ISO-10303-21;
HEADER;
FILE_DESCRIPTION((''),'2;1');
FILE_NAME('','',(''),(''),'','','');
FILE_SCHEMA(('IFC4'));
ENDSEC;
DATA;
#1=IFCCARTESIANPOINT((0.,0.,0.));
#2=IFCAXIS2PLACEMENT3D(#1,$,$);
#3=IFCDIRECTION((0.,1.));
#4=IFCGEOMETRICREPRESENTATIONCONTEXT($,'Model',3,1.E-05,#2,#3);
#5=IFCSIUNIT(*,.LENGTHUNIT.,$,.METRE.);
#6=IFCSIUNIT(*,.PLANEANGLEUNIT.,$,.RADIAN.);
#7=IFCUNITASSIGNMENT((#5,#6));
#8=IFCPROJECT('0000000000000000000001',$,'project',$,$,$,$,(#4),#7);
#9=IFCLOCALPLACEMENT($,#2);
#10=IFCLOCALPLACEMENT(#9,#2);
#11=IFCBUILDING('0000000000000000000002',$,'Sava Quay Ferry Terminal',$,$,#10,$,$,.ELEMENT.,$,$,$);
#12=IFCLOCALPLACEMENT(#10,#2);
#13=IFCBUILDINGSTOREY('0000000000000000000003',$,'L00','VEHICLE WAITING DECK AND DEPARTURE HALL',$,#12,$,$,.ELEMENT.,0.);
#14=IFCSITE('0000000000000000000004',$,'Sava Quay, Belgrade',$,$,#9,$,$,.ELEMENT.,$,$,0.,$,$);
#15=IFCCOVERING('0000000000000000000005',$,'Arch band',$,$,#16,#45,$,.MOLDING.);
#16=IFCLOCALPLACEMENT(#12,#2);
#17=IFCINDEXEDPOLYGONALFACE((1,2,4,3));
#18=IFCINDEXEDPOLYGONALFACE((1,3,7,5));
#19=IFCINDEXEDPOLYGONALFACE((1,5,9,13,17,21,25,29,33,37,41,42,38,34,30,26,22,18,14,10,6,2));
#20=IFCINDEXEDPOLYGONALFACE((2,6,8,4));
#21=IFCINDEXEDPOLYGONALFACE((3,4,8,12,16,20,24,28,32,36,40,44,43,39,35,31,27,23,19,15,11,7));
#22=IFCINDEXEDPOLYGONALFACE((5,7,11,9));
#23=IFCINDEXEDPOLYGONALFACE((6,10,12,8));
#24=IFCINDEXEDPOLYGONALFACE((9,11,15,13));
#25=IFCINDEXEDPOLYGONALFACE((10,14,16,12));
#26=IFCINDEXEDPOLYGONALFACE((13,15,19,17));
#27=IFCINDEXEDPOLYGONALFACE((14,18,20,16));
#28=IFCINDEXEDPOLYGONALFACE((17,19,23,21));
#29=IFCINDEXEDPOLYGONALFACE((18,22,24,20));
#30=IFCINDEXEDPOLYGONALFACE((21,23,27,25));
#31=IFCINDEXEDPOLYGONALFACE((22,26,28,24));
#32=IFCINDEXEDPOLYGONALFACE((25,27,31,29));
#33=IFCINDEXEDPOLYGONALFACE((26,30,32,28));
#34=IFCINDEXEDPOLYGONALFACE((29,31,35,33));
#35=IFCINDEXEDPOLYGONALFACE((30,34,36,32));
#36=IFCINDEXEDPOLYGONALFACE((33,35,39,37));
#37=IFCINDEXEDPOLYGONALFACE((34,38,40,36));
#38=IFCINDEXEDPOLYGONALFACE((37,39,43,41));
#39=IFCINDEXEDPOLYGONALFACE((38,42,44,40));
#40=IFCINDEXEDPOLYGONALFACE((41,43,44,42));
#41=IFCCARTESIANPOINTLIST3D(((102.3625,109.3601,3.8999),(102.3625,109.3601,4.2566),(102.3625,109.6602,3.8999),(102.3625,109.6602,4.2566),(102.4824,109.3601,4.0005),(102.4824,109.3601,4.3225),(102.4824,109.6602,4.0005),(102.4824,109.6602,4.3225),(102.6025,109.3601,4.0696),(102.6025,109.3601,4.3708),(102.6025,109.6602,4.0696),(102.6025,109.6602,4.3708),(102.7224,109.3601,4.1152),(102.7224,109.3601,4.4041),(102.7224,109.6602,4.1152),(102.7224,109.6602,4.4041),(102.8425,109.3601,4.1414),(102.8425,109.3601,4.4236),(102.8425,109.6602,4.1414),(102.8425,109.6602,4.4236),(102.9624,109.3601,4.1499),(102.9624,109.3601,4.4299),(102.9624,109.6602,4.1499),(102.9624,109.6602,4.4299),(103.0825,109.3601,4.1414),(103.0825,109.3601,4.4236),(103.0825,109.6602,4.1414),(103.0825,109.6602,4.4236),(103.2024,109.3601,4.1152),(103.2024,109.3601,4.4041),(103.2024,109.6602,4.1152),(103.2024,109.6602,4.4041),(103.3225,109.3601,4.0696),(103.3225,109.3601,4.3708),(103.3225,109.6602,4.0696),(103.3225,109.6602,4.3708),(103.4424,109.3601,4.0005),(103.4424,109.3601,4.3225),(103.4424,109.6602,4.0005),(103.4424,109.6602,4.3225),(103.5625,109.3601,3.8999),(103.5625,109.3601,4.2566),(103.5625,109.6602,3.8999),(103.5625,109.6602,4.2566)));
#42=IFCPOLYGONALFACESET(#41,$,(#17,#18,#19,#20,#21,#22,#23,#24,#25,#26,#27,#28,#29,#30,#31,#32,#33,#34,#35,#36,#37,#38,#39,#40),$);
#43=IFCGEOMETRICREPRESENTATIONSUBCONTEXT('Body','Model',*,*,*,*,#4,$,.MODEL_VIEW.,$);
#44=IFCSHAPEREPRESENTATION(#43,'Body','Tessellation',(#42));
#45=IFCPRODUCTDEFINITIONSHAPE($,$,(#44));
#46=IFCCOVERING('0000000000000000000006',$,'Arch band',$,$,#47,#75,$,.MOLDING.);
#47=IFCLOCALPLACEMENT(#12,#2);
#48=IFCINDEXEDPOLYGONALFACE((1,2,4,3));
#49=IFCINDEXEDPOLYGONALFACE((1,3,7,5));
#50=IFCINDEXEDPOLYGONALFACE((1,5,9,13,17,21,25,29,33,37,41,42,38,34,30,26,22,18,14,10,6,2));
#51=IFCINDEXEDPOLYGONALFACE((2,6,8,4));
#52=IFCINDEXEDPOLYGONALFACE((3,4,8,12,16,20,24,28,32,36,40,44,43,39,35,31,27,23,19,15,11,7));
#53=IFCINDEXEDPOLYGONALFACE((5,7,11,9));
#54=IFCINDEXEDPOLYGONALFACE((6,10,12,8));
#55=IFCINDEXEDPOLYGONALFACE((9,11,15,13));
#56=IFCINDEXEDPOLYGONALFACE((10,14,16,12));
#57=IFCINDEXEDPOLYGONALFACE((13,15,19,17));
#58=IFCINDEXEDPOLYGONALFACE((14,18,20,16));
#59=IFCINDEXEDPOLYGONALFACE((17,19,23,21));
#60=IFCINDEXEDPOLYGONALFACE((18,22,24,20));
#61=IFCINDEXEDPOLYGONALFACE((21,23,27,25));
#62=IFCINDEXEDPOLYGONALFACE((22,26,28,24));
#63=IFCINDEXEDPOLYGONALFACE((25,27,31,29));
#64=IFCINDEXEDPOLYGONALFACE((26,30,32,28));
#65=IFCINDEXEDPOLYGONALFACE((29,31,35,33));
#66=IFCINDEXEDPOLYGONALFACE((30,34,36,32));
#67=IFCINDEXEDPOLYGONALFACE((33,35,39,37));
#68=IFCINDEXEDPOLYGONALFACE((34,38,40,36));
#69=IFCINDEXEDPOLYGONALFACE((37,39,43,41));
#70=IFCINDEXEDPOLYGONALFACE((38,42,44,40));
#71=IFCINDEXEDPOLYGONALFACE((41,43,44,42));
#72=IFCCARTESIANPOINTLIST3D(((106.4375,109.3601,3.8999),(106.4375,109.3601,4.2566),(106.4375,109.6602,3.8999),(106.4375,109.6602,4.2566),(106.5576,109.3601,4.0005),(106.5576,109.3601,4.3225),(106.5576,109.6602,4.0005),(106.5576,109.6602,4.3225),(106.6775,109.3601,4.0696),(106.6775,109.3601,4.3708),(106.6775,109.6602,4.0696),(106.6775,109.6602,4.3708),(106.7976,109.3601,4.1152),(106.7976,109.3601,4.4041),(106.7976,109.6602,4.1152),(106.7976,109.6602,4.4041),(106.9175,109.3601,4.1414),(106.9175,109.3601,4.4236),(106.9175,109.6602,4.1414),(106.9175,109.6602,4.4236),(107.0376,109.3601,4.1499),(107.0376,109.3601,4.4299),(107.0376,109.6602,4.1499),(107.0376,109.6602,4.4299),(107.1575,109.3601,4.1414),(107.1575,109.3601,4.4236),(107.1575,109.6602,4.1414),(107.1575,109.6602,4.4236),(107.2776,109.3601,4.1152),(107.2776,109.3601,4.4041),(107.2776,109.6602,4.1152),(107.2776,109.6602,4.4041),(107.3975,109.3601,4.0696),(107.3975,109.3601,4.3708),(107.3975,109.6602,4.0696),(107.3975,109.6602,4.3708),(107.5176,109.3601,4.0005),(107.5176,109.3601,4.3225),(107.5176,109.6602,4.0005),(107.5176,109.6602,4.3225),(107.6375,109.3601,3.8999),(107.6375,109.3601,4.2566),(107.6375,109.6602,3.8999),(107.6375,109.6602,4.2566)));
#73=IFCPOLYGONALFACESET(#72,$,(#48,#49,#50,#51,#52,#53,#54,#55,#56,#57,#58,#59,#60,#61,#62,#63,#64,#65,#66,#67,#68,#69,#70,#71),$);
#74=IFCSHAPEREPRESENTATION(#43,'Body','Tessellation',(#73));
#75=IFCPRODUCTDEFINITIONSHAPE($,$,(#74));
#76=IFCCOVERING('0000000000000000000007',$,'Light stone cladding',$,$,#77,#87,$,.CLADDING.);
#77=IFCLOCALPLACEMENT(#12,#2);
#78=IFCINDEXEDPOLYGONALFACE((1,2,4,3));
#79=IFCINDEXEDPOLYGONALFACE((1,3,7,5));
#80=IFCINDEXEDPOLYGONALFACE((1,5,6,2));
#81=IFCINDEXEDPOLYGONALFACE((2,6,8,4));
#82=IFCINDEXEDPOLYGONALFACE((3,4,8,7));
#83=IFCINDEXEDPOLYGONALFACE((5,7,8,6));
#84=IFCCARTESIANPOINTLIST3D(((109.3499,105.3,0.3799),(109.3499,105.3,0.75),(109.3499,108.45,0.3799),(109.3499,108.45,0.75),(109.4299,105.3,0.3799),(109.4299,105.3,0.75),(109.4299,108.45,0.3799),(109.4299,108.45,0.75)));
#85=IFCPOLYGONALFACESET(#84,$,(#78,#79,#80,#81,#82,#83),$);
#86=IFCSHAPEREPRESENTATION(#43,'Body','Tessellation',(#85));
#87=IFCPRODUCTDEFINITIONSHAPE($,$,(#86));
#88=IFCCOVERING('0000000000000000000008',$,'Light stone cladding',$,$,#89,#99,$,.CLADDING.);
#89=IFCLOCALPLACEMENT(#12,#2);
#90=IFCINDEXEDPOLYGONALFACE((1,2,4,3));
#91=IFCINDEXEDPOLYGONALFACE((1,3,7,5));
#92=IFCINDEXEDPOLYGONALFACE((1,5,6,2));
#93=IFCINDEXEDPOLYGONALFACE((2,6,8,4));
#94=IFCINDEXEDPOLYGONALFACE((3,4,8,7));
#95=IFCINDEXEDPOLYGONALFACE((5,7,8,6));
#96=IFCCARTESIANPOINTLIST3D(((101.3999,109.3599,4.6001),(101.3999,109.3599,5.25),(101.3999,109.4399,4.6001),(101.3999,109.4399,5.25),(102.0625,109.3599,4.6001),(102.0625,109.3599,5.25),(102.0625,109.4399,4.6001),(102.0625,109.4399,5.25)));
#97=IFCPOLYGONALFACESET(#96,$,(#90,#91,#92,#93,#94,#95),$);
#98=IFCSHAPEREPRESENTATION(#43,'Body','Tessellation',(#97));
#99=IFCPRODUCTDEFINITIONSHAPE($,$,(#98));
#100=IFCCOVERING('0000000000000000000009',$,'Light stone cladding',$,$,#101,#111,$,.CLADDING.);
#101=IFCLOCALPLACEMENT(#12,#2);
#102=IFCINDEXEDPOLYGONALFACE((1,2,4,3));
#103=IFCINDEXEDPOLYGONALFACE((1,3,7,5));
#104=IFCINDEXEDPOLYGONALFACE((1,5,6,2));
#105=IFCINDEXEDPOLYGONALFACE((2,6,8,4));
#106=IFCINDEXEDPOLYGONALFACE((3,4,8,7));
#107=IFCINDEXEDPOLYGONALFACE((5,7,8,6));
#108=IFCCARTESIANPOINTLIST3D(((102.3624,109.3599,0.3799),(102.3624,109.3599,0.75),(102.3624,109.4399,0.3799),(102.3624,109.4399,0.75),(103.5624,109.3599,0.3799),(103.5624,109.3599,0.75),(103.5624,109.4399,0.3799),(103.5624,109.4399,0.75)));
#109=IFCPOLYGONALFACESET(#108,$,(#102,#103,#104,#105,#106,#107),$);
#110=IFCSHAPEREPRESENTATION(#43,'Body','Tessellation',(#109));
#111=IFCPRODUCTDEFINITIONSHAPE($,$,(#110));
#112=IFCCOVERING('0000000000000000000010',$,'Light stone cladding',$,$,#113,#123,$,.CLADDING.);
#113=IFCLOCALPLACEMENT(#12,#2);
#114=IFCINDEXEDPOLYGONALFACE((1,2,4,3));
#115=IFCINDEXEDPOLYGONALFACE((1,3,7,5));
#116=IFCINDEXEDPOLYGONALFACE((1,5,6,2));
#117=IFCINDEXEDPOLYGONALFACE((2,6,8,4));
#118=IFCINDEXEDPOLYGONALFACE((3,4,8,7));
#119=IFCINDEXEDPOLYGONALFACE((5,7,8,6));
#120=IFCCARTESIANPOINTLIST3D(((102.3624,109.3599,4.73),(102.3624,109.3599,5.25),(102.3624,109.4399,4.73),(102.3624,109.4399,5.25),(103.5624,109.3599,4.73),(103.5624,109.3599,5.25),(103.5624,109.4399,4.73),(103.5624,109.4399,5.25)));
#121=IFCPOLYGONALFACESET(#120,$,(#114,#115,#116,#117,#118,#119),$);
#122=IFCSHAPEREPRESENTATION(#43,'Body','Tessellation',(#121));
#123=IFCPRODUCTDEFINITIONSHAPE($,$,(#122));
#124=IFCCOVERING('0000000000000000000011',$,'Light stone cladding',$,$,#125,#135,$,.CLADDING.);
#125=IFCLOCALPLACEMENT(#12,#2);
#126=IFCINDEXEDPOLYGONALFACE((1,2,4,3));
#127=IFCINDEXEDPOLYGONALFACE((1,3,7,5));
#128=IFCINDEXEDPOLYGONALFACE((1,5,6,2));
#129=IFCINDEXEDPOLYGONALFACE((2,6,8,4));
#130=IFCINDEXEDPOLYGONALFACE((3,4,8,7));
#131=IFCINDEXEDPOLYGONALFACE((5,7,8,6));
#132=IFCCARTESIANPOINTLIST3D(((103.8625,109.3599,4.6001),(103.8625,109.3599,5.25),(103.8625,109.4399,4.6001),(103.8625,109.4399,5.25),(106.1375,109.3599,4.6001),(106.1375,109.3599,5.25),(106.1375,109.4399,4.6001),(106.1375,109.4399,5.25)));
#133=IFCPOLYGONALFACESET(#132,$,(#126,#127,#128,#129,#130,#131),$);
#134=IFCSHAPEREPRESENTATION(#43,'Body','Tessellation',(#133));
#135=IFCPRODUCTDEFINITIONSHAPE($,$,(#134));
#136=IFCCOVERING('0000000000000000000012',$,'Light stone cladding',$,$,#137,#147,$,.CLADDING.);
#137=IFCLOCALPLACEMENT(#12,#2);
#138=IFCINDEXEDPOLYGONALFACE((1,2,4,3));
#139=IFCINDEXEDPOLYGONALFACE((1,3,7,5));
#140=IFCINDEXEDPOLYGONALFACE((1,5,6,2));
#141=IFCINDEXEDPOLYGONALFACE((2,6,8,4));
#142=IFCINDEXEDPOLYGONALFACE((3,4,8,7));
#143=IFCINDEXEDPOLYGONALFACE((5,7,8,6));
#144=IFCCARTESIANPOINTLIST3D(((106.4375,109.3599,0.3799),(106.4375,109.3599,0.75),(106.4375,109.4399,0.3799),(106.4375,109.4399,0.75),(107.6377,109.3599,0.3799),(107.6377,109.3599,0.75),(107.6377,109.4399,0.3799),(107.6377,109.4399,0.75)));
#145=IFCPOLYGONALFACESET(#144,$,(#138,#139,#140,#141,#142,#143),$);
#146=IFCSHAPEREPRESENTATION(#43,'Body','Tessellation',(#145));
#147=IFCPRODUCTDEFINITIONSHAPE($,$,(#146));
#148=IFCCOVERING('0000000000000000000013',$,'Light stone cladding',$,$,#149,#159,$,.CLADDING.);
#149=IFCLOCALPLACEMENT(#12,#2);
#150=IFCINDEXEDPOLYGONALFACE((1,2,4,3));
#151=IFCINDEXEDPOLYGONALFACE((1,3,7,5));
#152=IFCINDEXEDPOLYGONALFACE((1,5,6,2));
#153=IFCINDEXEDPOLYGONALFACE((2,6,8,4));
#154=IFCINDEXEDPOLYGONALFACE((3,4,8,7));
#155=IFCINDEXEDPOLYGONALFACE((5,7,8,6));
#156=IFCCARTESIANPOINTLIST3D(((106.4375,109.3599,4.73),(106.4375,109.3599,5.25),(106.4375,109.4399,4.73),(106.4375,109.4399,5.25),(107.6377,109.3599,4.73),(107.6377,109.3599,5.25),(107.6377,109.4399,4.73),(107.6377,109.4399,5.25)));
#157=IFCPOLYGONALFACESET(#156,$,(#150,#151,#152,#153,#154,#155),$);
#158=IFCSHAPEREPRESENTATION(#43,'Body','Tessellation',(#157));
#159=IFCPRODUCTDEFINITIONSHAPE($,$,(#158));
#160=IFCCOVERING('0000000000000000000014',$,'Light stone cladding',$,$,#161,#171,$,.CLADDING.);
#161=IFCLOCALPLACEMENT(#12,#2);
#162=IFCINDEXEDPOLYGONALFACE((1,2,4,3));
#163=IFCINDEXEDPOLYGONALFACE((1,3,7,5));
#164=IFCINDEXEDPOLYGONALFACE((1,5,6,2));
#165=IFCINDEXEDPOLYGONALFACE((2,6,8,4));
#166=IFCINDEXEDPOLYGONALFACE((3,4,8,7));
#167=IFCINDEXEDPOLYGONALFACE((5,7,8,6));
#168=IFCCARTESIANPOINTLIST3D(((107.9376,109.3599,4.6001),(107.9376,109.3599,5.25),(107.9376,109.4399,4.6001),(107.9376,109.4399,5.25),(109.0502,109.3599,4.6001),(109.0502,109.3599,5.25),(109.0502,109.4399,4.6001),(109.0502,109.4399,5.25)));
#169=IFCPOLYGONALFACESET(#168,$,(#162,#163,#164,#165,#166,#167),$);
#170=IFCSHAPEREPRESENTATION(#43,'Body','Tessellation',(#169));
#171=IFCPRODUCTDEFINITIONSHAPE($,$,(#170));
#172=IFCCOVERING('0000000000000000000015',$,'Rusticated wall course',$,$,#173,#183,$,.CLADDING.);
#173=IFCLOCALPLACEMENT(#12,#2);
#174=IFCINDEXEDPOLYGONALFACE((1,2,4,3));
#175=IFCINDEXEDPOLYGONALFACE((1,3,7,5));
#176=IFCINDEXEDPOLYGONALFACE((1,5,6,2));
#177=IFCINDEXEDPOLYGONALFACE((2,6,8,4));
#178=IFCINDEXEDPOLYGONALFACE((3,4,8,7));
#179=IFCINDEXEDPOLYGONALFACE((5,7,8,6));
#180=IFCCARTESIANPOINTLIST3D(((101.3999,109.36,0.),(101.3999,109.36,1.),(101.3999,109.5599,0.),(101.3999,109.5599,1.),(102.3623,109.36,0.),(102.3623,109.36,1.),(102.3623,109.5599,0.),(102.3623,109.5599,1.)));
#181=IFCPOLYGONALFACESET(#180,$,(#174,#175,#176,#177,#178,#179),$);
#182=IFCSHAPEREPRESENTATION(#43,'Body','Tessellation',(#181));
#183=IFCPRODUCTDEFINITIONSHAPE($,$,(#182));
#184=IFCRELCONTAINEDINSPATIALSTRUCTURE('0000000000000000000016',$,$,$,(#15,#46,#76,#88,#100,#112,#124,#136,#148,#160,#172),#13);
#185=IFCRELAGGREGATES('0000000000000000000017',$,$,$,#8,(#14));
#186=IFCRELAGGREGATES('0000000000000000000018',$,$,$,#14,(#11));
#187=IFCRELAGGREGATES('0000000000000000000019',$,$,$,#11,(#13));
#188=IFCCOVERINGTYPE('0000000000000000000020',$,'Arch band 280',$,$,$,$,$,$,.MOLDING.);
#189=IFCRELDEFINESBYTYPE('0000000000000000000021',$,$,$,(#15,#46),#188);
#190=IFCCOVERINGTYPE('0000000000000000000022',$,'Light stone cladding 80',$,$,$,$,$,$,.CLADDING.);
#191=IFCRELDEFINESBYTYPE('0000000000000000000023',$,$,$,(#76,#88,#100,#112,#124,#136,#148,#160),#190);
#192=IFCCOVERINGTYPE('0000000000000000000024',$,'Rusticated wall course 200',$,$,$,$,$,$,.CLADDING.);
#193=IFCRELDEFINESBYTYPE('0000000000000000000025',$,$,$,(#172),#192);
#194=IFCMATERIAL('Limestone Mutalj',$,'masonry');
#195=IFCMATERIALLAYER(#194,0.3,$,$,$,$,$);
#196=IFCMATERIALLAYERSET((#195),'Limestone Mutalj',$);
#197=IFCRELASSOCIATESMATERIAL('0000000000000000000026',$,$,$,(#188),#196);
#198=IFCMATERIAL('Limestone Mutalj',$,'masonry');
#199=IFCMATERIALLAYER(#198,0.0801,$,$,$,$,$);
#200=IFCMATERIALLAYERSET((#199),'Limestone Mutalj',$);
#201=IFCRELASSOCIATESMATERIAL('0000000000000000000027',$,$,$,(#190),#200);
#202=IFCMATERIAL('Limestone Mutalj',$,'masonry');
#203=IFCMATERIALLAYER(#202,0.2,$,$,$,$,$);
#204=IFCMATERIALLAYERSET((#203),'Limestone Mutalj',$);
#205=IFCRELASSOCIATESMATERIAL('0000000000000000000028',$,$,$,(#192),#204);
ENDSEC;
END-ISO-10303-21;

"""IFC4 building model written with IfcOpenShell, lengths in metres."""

from ifc_helpers import new_model, si_unit, direction, frame, origin, origin_2d, place, context, subcontext, project, spatial, polyline, rectangle, outline, extrude, material, layer, layer_set, type_object, element, save


model = new_model("IFC4")

# Units and contexts
model_context = context("Model", 3, precision=1e-05, world=origin(), true_north=direction((0.0, 1.0)))
body_context = subcontext(model_context, "Body", "Model", "MODEL_VIEW")
ifc_project = project(units=[si_unit("LENGTHUNIT", "METRE"), si_unit("PLANEANGLEUNIT", "RADIAN")], contexts=[model_context])

# Site, building, storey
site_placement = place(None, origin())
site = spatial("IfcSite", under=ifc_project, at=site_placement, Name="Sava Quay, Belgrade", CompositionType="ELEMENT", RefElevation=0.0)
building_placement = place(site_placement, origin())
building = spatial("IfcBuilding", under=site, at=building_placement, Name="Sava Quay Ferry Terminal", CompositionType="ELEMENT")
storey_placement = place(building_placement, origin())
storey = spatial("IfcBuildingStorey", under=building, at=storey_placement, Name="L00", Description="VEHICLE WAITING DECK AND DEPARTURE HALL", CompositionType="ELEMENT", Elevation=0.0)

# Coverings
ifc_material_1 = material(Name="Limestone Mutalj", Category="masonry")
ifc_layer_1 = layer(ifc_material_1, 0.3)
ifc_layer_set_1 = layer_set([ifc_layer_1], Name="Limestone Mutalj")
covering_type_1 = type_object("IfcCoveringType", Name="Arch band 280", PredefinedType="MOLDING", material=ifc_layer_set_1)
covering_1_placement = place(storey_placement, frame((102.3625, 109.3601, 3.8999), z_axis=(0.0, -1.0, 0.0), x_axis=(0.766043, 0.0, 0.64279)))
element("IfcCovering", 1, at=covering_1_placement, inside=storey, type_object=covering_type_1, Name="Arch band", PredefinedType="MOLDING", context=body_context, shape_type="SweptSolid", body=[
    extrude(outline(polyline([(0.0, 0.0), (0.1565, 0.0), (0.2929, -0.0243), (0.4141, -0.0664), (0.5229, -0.1236), (0.6202, -0.1941), (0.7067, -0.2778), (0.7818, -0.3749), (0.8444, -0.4871), (0.8919, -0.6171), (0.9192, -0.7713), (1.1485, -0.4981), (1.0988, -0.3704), (1.0381, -0.2563), (0.9674, -0.1536), (0.8881, -0.0616), (0.8002, 0.0204), (0.7043, 0.0926), (0.5997, 0.1549), (0.4866, 0.2065), (0.3635, 0.2467), (0.2293, 0.2732), (0.0, 0.0)])), origin(), (0.0, 0.0, -1.0), 0.3),
])
covering_2_placement = place(storey_placement, frame((106.4375, 109.3601, 3.8999), z_axis=(0.0, -1.0, 0.0), x_axis=(0.766686, 0.0, 0.642022)))
element("IfcCovering", 2, at=covering_2_placement, inside=storey, type_object=covering_type_1, Name="Arch band", PredefinedType="MOLDING", context=body_context, shape_type="SweptSolid", body=[
    extrude(outline(polyline([(0.0, 0.0), (0.1567, 0.0), (0.2929, -0.024), (0.4143, -0.0661), (0.523, -0.123), (0.6206, -0.1936), (0.707, -0.2771), (0.7823, -0.3743), (0.8449, -0.4862), (0.8927, -0.6163), (0.92, -0.7704), (1.149, -0.4969), (1.0994, -0.3694), (1.0383, -0.2552), (0.9678, -0.1528), (0.8882, -0.0607), (0.8004, 0.0211), (0.7042, 0.0933), (0.5998, 0.1553), (0.4864, 0.207), (0.3634, 0.2469), (0.229, 0.2735), (0.0, 0.0)])), origin(), (0.0, 0.0, -1.0), 0.3),
])
ifc_material_2 = material(Name="Limestone Mutalj", Category="masonry")
ifc_layer_2 = layer(ifc_material_2, 0.0801)
ifc_layer_set_2 = layer_set([ifc_layer_2], Name="Limestone Mutalj")
covering_type_2 = type_object("IfcCoveringType", Name="Light stone cladding 80", PredefinedType="CLADDING", material=ifc_layer_set_2)
covering_3_placement = place(storey_placement, frame((109.3899, 106.875, 0.3799), z_axis=(0.0, 0.0, 1.0), x_axis=(1.0, 0.0, 0.0)))
element("IfcCovering", 3, at=covering_3_placement, inside=storey, type_object=covering_type_2, Name="Light stone cladding", PredefinedType="CLADDING", context=body_context, shape_type="SweptSolid", body=[
    extrude(rectangle(XDim=0.0801, YDim=3.1499, at=origin_2d()), origin(), (0.0, 0.0, 1.0), 0.3701),
])
covering_4_placement = place(storey_placement, frame((101.7312, 109.3999, 4.6001), z_axis=(0.0, 0.0, 1.0), x_axis=(1.0, 0.0, 0.0)))
element("IfcCovering", 4, at=covering_4_placement, inside=storey, type_object=covering_type_2, Name="Light stone cladding", PredefinedType="CLADDING", context=body_context, shape_type="SweptSolid", body=[
    extrude(rectangle(XDim=0.6626, YDim=0.0801, at=origin_2d()), origin(), (0.0, 0.0, 1.0), 0.6499),
])
covering_5_placement = place(storey_placement, frame((102.9624, 109.3999, 0.3799), z_axis=(0.0, 0.0, 1.0), x_axis=(1.0, 0.0, 0.0)))
element("IfcCovering", 5, at=covering_5_placement, inside=storey, type_object=covering_type_2, Name="Light stone cladding", PredefinedType="CLADDING", context=body_context, shape_type="SweptSolid", body=[
    extrude(rectangle(XDim=1.2, YDim=0.0801, at=origin_2d()), origin(), (0.0, 0.0, 1.0), 0.3701),
])
covering_6_placement = place(storey_placement, frame((102.9624, 109.3999, 4.73), z_axis=(0.0, 0.0, 1.0), x_axis=(1.0, 0.0, 0.0)))
element("IfcCovering", 6, at=covering_6_placement, inside=storey, type_object=covering_type_2, Name="Light stone cladding", PredefinedType="CLADDING", context=body_context, shape_type="SweptSolid", body=[
    extrude(rectangle(XDim=1.2, YDim=0.0801, at=origin_2d()), origin(), (0.0, 0.0, 1.0), 0.52),
])
covering_7_placement = place(storey_placement, frame((105.0, 109.3999, 4.6001), z_axis=(0.0, 0.0, 1.0), x_axis=(1.0, 0.0, 0.0)))
element("IfcCovering", 7, at=covering_7_placement, inside=storey, type_object=covering_type_2, Name="Light stone cladding", PredefinedType="CLADDING", context=body_context, shape_type="SweptSolid", body=[
    extrude(rectangle(XDim=2.2749, YDim=0.0801, at=origin_2d()), origin(), (0.0, 0.0, 1.0), 0.6499),
])
covering_8_placement = place(storey_placement, frame((107.0376, 109.3999, 0.3799), z_axis=(0.0, 0.0, 1.0), x_axis=(1.0, 0.0, 0.0)))
element("IfcCovering", 8, at=covering_8_placement, inside=storey, type_object=covering_type_2, Name="Light stone cladding", PredefinedType="CLADDING", context=body_context, shape_type="SweptSolid", body=[
    extrude(rectangle(XDim=1.2002, YDim=0.0801, at=origin_2d()), origin(), (0.0, 0.0, 1.0), 0.3701),
])
covering_9_placement = place(storey_placement, frame((107.0376, 109.3999, 4.73), z_axis=(0.0, 0.0, 1.0), x_axis=(1.0, 0.0, 0.0)))
element("IfcCovering", 9, at=covering_9_placement, inside=storey, type_object=covering_type_2, Name="Light stone cladding", PredefinedType="CLADDING", context=body_context, shape_type="SweptSolid", body=[
    extrude(rectangle(XDim=1.2002, YDim=0.0801, at=origin_2d()), origin(), (0.0, 0.0, 1.0), 0.52),
])
covering_10_placement = place(storey_placement, frame((108.4939, 109.3999, 4.6001), z_axis=(0.0, 0.0, 1.0), x_axis=(1.0, 0.0, 0.0)))
element("IfcCovering", 10, at=covering_10_placement, inside=storey, type_object=covering_type_2, Name="Light stone cladding", PredefinedType="CLADDING", context=body_context, shape_type="SweptSolid", body=[
    extrude(rectangle(XDim=1.1125, YDim=0.0801, at=origin_2d()), origin(), (0.0, 0.0, 1.0), 0.6499),
])
ifc_material_3 = material(Name="Limestone Mutalj", Category="masonry")
ifc_layer_3 = layer(ifc_material_3, 0.2)
ifc_layer_set_3 = layer_set([ifc_layer_3], Name="Limestone Mutalj")
covering_type_3 = type_object("IfcCoveringType", Name="Rusticated wall course 200", PredefinedType="CLADDING", material=ifc_layer_set_3)
covering_11_placement = place(storey_placement, frame((101.8811, 109.46, 0.0), z_axis=(0.0, 0.0, 1.0), x_axis=(1.0, 0.0, 0.0)))
element("IfcCovering", 11, at=covering_11_placement, inside=storey, type_object=covering_type_3, Name="Rusticated wall course", PredefinedType="CLADDING", context=body_context, shape_type="SweptSolid", body=[
    extrude(rectangle(XDim=0.9624, YDim=0.2, at=origin_2d()), origin(), (0.0, 0.0, 1.0), 1.0),
])

save(model, "model.ifc")
